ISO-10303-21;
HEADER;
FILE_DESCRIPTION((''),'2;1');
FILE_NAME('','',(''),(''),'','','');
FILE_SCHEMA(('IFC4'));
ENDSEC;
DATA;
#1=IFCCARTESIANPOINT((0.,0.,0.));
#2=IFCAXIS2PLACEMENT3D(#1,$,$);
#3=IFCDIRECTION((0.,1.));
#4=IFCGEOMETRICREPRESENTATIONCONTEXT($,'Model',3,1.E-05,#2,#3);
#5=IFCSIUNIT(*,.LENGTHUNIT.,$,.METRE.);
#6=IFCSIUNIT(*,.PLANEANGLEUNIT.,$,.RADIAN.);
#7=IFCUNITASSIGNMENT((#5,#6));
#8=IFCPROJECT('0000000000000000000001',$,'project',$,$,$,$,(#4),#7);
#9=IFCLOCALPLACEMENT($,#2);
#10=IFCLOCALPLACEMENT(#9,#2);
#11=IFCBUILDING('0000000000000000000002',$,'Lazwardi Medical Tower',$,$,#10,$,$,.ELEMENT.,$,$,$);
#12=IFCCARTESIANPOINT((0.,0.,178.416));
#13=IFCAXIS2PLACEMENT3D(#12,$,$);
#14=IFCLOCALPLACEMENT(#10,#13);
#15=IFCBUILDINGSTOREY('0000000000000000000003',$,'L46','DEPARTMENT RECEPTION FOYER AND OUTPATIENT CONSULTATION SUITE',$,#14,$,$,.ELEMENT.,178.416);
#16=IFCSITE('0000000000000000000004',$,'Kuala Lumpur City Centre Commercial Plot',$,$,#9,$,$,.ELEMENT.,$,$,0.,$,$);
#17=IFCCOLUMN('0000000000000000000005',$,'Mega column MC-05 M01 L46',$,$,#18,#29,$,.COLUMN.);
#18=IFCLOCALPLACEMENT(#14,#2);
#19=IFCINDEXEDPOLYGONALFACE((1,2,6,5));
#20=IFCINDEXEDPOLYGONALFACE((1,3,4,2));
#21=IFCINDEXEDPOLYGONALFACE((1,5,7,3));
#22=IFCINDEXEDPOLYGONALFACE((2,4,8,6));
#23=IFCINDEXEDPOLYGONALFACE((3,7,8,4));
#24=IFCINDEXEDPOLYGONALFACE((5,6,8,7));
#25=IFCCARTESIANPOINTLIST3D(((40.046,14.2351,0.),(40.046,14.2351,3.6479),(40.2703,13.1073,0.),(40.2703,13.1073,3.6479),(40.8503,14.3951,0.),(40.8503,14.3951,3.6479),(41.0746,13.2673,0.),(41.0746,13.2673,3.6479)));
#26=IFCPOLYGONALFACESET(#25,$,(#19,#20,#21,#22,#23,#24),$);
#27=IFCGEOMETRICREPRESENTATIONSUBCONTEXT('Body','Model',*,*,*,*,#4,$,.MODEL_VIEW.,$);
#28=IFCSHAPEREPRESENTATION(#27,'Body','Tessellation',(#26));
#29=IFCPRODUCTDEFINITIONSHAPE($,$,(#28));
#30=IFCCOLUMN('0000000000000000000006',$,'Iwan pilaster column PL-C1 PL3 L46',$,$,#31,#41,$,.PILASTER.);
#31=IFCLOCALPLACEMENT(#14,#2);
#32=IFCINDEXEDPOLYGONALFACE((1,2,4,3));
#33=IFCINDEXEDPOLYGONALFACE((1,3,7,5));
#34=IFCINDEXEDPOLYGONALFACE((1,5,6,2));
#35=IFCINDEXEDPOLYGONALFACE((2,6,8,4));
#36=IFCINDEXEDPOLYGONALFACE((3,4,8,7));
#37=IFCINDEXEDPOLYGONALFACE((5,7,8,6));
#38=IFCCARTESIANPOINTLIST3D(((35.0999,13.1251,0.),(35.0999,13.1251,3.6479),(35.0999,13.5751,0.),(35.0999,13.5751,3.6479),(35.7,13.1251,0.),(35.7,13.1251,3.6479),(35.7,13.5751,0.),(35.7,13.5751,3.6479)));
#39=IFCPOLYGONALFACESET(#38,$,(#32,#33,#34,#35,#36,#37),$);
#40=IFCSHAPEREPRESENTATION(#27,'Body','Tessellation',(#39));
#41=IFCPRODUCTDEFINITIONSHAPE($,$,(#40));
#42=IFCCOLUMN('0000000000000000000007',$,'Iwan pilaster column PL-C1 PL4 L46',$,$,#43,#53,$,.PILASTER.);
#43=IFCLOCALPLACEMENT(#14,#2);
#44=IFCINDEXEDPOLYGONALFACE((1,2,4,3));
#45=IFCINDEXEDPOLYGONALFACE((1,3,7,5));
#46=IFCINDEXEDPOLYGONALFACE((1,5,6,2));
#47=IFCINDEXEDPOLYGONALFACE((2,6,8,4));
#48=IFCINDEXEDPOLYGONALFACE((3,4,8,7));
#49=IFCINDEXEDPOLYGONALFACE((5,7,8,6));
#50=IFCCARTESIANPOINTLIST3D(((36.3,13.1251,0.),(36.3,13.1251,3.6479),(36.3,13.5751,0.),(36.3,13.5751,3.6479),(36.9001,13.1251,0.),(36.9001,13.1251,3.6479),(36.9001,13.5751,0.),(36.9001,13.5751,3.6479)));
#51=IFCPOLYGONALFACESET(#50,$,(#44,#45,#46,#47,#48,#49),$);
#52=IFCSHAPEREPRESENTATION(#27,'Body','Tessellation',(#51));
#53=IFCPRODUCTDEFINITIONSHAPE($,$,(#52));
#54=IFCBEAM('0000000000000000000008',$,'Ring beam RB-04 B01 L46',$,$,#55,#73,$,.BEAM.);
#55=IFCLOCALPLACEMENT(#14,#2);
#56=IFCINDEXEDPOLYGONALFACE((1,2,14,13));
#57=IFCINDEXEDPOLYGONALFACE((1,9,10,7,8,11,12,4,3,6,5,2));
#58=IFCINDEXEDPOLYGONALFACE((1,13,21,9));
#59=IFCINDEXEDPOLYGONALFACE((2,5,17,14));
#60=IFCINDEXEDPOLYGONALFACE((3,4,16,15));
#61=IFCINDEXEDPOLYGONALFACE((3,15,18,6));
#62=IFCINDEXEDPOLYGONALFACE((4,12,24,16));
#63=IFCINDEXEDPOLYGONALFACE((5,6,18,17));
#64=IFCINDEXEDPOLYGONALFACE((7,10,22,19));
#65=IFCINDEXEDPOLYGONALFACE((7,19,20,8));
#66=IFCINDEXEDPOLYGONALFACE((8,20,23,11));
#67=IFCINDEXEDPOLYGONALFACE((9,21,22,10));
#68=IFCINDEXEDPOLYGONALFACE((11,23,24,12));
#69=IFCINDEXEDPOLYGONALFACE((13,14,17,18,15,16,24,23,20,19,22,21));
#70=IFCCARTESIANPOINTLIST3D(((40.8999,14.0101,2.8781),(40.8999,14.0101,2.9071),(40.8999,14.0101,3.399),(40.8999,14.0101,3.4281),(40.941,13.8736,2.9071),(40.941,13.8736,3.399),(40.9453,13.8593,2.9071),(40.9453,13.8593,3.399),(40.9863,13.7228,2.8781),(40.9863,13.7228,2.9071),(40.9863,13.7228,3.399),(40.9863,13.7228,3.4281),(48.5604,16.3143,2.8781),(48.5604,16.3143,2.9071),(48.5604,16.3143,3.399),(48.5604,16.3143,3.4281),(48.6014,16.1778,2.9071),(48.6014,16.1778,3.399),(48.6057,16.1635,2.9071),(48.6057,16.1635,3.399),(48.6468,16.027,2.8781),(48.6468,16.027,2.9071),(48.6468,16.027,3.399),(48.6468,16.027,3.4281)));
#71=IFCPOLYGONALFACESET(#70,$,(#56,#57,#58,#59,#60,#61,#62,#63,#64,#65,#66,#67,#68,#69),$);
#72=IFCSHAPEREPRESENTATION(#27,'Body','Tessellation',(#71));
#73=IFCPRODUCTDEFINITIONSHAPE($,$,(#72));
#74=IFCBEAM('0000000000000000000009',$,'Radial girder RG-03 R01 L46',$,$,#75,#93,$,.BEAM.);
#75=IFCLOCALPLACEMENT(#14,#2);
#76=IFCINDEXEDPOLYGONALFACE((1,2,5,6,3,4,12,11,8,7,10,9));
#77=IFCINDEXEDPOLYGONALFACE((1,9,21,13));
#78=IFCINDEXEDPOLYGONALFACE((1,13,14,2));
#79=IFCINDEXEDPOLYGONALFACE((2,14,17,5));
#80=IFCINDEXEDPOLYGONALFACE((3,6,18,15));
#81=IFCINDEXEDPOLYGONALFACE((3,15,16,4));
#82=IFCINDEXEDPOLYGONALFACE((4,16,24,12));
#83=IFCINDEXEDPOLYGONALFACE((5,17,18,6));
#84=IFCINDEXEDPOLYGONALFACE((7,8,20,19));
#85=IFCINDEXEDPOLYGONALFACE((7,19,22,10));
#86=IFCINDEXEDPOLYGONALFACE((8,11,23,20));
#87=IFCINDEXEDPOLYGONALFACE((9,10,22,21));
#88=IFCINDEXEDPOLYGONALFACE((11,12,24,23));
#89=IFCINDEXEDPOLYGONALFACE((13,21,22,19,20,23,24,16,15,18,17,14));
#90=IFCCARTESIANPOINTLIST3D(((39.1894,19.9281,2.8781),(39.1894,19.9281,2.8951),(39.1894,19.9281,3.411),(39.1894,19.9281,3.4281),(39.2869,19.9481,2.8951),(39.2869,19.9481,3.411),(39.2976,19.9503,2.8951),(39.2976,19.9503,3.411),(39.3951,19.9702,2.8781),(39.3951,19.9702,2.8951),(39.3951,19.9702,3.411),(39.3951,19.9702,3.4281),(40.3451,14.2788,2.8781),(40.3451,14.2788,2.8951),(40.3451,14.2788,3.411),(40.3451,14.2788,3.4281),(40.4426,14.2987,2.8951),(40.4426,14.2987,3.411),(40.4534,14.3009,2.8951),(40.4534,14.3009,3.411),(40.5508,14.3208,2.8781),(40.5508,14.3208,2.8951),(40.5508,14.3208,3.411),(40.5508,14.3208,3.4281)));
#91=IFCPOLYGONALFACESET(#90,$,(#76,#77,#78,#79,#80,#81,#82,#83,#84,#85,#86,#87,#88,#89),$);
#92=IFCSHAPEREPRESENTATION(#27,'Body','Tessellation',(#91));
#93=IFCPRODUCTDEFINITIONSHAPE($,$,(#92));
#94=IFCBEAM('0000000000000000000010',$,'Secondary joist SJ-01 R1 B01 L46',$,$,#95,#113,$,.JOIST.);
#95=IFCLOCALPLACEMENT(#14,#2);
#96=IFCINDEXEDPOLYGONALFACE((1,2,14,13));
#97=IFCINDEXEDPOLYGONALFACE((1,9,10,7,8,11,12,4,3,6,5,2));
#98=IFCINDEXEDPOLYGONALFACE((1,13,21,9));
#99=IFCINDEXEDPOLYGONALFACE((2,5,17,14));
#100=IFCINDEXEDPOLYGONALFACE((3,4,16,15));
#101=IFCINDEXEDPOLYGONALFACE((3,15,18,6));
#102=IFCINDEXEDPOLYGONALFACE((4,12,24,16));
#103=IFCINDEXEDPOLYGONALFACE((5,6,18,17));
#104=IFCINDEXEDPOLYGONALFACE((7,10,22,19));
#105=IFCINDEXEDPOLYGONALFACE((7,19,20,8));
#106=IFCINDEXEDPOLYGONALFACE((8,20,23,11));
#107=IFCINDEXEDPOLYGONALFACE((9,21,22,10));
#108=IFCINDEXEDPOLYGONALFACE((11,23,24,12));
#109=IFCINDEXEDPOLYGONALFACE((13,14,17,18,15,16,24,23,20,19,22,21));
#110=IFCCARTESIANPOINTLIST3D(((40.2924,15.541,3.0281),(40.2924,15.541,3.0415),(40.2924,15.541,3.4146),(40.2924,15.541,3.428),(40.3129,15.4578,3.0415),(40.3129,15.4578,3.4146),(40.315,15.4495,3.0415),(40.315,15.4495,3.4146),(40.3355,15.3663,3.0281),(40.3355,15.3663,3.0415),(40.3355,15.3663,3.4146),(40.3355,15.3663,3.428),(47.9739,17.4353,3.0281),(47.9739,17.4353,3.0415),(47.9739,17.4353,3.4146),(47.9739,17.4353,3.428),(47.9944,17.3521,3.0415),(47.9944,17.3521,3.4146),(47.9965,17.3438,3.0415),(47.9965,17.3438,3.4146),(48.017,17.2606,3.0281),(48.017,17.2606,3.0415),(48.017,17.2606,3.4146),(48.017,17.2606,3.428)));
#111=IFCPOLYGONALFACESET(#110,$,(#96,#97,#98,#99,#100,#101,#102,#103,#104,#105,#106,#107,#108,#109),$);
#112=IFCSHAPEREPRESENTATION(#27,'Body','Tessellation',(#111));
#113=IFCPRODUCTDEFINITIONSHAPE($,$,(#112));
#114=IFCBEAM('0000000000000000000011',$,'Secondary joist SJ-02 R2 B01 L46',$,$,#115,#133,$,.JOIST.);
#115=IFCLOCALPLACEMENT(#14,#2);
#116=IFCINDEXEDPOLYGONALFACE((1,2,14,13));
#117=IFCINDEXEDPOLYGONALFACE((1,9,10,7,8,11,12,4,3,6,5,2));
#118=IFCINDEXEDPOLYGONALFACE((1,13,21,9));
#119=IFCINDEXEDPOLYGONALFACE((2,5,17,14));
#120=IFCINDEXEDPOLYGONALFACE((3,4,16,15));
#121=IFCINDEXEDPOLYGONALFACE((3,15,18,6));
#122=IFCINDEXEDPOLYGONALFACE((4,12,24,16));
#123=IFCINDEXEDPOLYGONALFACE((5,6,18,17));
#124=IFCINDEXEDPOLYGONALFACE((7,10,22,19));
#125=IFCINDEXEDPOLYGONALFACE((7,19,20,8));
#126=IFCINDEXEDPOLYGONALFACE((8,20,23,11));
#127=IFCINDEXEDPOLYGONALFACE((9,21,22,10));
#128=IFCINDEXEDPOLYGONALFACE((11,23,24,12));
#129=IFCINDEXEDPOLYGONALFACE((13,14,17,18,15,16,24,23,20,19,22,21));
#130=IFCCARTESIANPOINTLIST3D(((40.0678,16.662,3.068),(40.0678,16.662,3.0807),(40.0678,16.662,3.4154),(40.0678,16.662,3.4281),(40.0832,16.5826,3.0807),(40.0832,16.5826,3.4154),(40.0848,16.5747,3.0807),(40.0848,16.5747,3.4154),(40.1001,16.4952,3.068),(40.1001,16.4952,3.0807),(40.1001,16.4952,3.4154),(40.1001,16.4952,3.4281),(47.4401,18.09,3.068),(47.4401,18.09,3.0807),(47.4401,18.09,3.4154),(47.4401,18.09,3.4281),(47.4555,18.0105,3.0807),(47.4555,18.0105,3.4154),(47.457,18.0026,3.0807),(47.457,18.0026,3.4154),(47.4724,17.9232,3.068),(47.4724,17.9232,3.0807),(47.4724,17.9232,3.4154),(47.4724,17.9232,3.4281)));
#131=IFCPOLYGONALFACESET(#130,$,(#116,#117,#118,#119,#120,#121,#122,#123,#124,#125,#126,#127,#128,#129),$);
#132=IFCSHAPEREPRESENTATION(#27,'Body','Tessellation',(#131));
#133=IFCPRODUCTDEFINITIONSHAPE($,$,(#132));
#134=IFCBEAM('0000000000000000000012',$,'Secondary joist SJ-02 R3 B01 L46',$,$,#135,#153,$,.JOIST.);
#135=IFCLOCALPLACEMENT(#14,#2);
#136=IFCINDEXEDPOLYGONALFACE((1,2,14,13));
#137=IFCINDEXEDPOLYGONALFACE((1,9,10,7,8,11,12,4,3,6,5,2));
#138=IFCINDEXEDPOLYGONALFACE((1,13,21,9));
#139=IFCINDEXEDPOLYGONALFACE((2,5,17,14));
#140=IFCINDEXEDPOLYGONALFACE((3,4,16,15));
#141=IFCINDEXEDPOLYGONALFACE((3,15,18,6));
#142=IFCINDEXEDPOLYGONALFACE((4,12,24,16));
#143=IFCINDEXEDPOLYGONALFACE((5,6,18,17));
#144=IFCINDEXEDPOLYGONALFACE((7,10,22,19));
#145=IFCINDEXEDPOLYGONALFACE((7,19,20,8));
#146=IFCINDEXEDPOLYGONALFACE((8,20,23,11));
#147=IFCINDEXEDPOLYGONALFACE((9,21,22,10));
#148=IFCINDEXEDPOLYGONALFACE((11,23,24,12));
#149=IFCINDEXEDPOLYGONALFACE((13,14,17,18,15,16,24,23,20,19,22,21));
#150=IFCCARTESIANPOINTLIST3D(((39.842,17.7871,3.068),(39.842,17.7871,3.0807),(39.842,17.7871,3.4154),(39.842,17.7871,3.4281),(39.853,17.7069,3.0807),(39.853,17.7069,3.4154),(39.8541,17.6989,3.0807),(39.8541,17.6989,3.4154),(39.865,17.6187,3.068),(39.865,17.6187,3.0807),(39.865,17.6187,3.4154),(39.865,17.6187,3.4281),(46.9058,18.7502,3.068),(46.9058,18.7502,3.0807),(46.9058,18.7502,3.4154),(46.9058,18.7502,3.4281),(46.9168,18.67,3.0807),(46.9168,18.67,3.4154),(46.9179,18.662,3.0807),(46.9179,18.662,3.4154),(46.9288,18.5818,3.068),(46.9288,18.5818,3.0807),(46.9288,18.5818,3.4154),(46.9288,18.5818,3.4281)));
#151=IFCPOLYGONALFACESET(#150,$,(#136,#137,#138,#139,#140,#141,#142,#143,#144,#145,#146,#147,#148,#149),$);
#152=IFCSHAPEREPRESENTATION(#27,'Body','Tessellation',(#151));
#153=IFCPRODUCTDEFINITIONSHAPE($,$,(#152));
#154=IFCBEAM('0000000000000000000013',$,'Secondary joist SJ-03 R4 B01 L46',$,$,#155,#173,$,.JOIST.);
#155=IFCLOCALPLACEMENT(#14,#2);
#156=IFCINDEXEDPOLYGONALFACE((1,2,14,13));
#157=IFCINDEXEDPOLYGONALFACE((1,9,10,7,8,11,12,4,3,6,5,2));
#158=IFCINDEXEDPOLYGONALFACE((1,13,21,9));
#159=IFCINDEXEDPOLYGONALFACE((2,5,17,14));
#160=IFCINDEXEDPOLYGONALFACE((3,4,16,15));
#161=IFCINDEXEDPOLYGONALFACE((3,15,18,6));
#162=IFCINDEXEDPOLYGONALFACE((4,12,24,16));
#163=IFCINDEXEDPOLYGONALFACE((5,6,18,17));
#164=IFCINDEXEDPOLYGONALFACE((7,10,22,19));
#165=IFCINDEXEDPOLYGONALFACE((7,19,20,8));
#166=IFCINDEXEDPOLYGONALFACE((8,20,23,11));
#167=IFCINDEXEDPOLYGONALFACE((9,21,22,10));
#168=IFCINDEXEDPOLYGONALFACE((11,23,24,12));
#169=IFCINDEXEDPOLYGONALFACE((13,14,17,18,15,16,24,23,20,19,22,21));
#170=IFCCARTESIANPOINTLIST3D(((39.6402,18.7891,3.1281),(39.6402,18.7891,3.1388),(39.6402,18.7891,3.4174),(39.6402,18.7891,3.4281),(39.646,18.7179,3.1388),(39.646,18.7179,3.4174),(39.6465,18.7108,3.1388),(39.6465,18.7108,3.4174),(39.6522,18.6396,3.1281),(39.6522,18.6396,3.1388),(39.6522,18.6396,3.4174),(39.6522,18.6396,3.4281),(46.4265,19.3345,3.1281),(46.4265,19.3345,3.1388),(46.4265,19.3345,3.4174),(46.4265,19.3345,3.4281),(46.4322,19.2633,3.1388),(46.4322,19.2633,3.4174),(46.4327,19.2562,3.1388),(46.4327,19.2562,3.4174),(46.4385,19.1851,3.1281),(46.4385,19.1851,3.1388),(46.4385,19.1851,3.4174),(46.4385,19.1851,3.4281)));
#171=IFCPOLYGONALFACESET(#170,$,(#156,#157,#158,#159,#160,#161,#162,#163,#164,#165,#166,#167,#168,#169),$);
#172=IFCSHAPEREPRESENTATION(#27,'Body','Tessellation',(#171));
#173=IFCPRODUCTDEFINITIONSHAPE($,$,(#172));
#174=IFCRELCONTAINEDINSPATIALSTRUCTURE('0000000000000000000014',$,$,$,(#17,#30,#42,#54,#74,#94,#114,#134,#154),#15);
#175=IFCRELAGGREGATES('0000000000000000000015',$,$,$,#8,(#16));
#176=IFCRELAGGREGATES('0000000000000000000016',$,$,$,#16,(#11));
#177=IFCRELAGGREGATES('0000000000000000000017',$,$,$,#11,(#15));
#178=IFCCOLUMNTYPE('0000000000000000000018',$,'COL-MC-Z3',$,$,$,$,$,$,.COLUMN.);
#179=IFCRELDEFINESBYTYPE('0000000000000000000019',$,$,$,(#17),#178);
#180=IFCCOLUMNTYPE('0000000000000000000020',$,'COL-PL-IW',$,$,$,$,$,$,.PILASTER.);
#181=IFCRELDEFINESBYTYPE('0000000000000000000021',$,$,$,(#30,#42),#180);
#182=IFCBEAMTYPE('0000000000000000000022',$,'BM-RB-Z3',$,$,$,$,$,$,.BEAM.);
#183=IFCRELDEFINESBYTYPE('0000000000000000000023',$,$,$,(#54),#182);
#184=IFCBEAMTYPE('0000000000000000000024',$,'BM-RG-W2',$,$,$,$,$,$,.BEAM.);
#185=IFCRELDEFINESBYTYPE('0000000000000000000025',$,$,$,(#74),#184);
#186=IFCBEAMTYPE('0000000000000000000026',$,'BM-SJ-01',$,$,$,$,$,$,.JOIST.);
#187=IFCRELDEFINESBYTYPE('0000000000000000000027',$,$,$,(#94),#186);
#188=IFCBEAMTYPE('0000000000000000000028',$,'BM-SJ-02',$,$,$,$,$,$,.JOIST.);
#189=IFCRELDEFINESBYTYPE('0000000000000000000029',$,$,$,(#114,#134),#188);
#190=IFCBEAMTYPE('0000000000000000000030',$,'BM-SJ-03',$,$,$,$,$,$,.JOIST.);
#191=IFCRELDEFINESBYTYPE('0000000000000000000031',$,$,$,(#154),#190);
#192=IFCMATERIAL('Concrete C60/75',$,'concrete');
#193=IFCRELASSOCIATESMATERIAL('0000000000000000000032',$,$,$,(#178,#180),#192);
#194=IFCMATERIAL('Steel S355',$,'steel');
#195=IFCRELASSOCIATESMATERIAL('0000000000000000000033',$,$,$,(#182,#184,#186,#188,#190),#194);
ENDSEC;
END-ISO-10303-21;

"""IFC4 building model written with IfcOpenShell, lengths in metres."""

from ifc_helpers import new_model, si_unit, direction, frame, origin, origin_2d, place, context, subcontext, project, spatial, rectangle, i_section, extrude, material, material_profile, profile_set, type_object, element, save


model = new_model("IFC4")

# Units and contexts
model_context = context("Model", 3, precision=1e-05, world=origin(), true_north=direction((0.0, 1.0)))
body_context = subcontext(model_context, "Body", "Model", "MODEL_VIEW")
ifc_project = project(units=[si_unit("LENGTHUNIT", "METRE"), si_unit("PLANEANGLEUNIT", "RADIAN")], contexts=[model_context])

# Site, building, storey
site_placement = place(None, origin())
site = spatial("IfcSite", under=ifc_project, at=site_placement, Name="Kuala Lumpur City Centre Commercial Plot", CompositionType="ELEMENT", RefElevation=0.0)
building_placement = place(site_placement, origin())
building = spatial("IfcBuilding", under=site, at=building_placement, Name="Lazwardi Medical Tower", CompositionType="ELEMENT")
storey_placement = place(building_placement, frame((0.0, 0.0, 178.416)))
storey = spatial("IfcBuildingStorey", under=building, at=storey_placement, Name="L46", Description="DEPARTMENT RECEPTION FOYER AND OUTPATIENT CONSULTATION SUITE", CompositionType="ELEMENT", Elevation=178.416)

# Columns
ifc_material_1 = material(Name="Concrete C60/75", Category="concrete")
ifc_material_profile_1 = material_profile(ifc_material_1, rectangle(XDim=1.1499, YDim=0.8201, at=origin_2d()), Name="CFT-RECT 1150x820")
ifc_profile_set_1 = profile_set([ifc_material_profile_1], Name="Concrete C60/75")
column_type_1 = type_object("IfcColumnType", Name="COL-MC-Z3", PredefinedType="COLUMN", material=ifc_profile_set_1)
column_placement = place(storey_placement, frame((40.5603, 13.7512, 0.0), z_axis=(0.0, 0.0, 1.0), x_axis=(0.19509, -0.980785, 0.0)))
element("IfcColumn", 1, at=column_placement, inside=storey, type_object=column_type_1, Name="Mega column MC-05 M01 L46", PredefinedType="COLUMN", context=body_context, shape_type="SweptSolid", body=[
    extrude(rectangle(XDim=1.1499, YDim=0.8201, at=origin_2d()), origin(), (0.0, 0.0, 1.0), 3.6479),
])
ifc_material_profile_2 = material_profile(ifc_material_1, rectangle(XDim=0.6001, YDim=0.45, at=origin_2d()), Name="RC 600x450")
ifc_profile_set_2 = profile_set([ifc_material_profile_2], Name="Concrete C60/75")
column_type_2 = type_object("IfcColumnType", Name="COL-PL-IW", PredefinedType="PILASTER", material=ifc_profile_set_2)
for number, where, z_axis, x_axis, name in (
    (2, (35.3999, 13.3501, 0.0), (0.0, 0.0, 1.0), (1.0, 0.0, 0.0), "Iwan pilaster column PL-C1 PL3 L46"),
    (3, (36.6001, 13.3501, 0.0), (0.0, 0.0, 1.0), (1.0, 0.0, 0.0), "Iwan pilaster column PL-C1 PL4 L46"),
):
    element("IfcColumn", number, at=place(storey_placement, frame(where, z_axis=z_axis, x_axis=x_axis)), inside=storey, type_object=column_type_2, Name=name, PredefinedType="PILASTER", context=body_context, shape_type="SweptSolid", body=[
        extrude(rectangle(XDim=0.6001, YDim=0.45, at=origin_2d()), origin(), (0.0, 0.0, 1.0), 3.6479),
    ])

# Beams
ifc_material_2 = material(Name="Steel S355", Category="steel")
ifc_material_profile_3 = material_profile(ifc_material_2, i_section(OverallWidth=0.3, OverallDepth=0.55, WebThickness=0.0149, FlangeThickness=0.0291, at=origin_2d()), Name="HEB 550")
ifc_profile_set_3 = profile_set([ifc_material_profile_3], Name="Steel S355")
beam_type_1 = type_object("IfcBeamType", Name="BM-RB-Z3", PredefinedType="BEAM", material=ifc_profile_set_3)
beam_1_placement = place(storey_placement, frame((40.9431, 13.8665, 3.1531), z_axis=(0.957617, 0.288045, 0.0), x_axis=(-0.288045, 0.957617, 0.0)))
element("IfcBeam", 4, at=beam_1_placement, inside=storey, type_object=beam_type_1, Name="Ring beam RB-04 B01 L46", PredefinedType="BEAM", context=body_context, shape_type="SweptSolid", body=[
    extrude(i_section(OverallWidth=0.3, OverallDepth=0.55, WebThickness=0.0149, FlangeThickness=0.0291, at=origin_2d()), origin(), (0.0, 0.0, 1.0), 7.9995),
])
ifc_material_profile_4 = material_profile(ifc_material_2, i_section(OverallWidth=0.21, OverallDepth=0.55, WebThickness=0.011, FlangeThickness=0.0171, at=origin_2d()), Name="IPE 550")
ifc_profile_set_4 = profile_set([ifc_material_profile_4], Name="Steel S355")
beam_type_2 = type_object("IfcBeamType", Name="BM-RG-W2", PredefinedType="BEAM", material=ifc_profile_set_4)
beam_2_placement = place(storey_placement, frame((40.448, 14.2998, 3.1531), z_axis=(-0.200429, 0.979708, 0.0), x_axis=(-0.979708, -0.200429, 0.0)))
element("IfcBeam", 5, at=beam_2_placement, inside=storey, type_object=beam_type_2, Name="Radial girder RG-03 R01 L46", PredefinedType="BEAM", context=body_context, shape_type="SweptSolid", body=[
    extrude(i_section(OverallWidth=0.21, OverallDepth=0.55, WebThickness=0.011, FlangeThickness=0.0171, at=origin_2d()), origin(), (0.0, 0.0, 1.0), 5.7664),
])
ifc_material_profile_5 = material_profile(ifc_material_2, i_section(OverallWidth=0.1799, OverallDepth=0.3999, WebThickness=0.0085, FlangeThickness=0.0134, at=origin_2d()), Name="IPE 400")
ifc_profile_set_5 = profile_set([ifc_material_profile_5], Name="Steel S355")
beam_type_3 = type_object("IfcBeamType", Name="BM-SJ-01", PredefinedType="JOIST", material=ifc_profile_set_5)
beam_3_placement = place(storey_placement, frame((40.314, 15.4536, 3.228), z_axis=(0.970913, 0.239434, 0.0), x_axis=(-0.239434, 0.970913, 0.0)))
element("IfcBeam", 6, at=beam_3_placement, inside=storey, type_object=beam_type_3, Name="Secondary joist SJ-01 R1 B01 L46", PredefinedType="JOIST", context=body_context, shape_type="SweptSolid", body=[
    extrude(i_section(OverallWidth=0.1799, OverallDepth=0.3999, WebThickness=0.0085, FlangeThickness=0.0134, at=origin_2d()), origin(), (0.0, 0.0, 1.0), 7.9116),
])
ifc_material_profile_6 = material_profile(ifc_material_2, i_section(OverallWidth=0.1699, OverallDepth=0.3601, WebThickness=0.0081, FlangeThickness=0.0127, at=origin_2d()), Name="IPE 360")
ifc_profile_set_6 = profile_set([ifc_material_profile_6], Name="Steel S355")
beam_type_4 = type_object("IfcBeamType", Name="BM-SJ-02", PredefinedType="JOIST", material=ifc_profile_set_6)
beam_4_placement = place(storey_placement, frame((40.084, 16.5786, 3.248), z_axis=(0.981753, 0.19016, 0.0), x_axis=(-0.19016, 0.981753, 0.0)))
element("IfcBeam", 7, at=beam_4_placement, inside=storey, type_object=beam_type_4, Name="Secondary joist SJ-02 R2 B01 L46", PredefinedType="JOIST", context=body_context, shape_type="SweptSolid", body=[
    extrude(i_section(OverallWidth=0.1699, OverallDepth=0.3601, WebThickness=0.0081, FlangeThickness=0.0127, at=origin_2d()), origin(), (0.0, 0.0, 1.0), 7.5093),
])
beam_5_placement = place(storey_placement, frame((39.8535, 17.7029, 3.248), z_axis=(0.990832, 0.135099, 0.0), x_axis=(-0.135099, 0.990832, 0.0)))
element("IfcBeam", 8, at=beam_5_placement, inside=storey, type_object=beam_type_4, Name="Secondary joist SJ-02 R3 B01 L46", PredefinedType="JOIST", context=body_context, shape_type="SweptSolid", body=[
    extrude(i_section(OverallWidth=0.1699, OverallDepth=0.3601, WebThickness=0.0081, FlangeThickness=0.0127, at=origin_2d()), origin(), (0.0, 0.0, 1.0), 7.1292),
])
ifc_material_profile_7 = material_profile(ifc_material_2, i_section(OverallWidth=0.1499, OverallDepth=0.3, WebThickness=0.0071, FlangeThickness=0.0107, at=origin_2d()), Name="IPE 300")
ifc_profile_set_7 = profile_set([ifc_material_profile_7], Name="Steel S355")
beam_type_5 = type_object("IfcBeamType", Name="BM-SJ-03", PredefinedType="JOIST", material=ifc_profile_set_7)
beam_6_placement = place(storey_placement, frame((39.6462, 18.7144, 3.2781), z_axis=(0.996786, 0.080113, 0.0), x_axis=(-0.080113, 0.996786, 0.0)))
element("IfcBeam", 9, at=beam_6_placement, inside=storey, type_object=beam_type_5, Name="Secondary joist SJ-03 R4 B01 L46", PredefinedType="JOIST", context=body_context, shape_type="SweptSolid", body=[
    extrude(i_section(OverallWidth=0.1499, OverallDepth=0.3, WebThickness=0.0071, FlangeThickness=0.0107, at=origin_2d()), origin(), (0.0, 0.0, 1.0), 6.8081),
])

save(model, "model.ifc")
